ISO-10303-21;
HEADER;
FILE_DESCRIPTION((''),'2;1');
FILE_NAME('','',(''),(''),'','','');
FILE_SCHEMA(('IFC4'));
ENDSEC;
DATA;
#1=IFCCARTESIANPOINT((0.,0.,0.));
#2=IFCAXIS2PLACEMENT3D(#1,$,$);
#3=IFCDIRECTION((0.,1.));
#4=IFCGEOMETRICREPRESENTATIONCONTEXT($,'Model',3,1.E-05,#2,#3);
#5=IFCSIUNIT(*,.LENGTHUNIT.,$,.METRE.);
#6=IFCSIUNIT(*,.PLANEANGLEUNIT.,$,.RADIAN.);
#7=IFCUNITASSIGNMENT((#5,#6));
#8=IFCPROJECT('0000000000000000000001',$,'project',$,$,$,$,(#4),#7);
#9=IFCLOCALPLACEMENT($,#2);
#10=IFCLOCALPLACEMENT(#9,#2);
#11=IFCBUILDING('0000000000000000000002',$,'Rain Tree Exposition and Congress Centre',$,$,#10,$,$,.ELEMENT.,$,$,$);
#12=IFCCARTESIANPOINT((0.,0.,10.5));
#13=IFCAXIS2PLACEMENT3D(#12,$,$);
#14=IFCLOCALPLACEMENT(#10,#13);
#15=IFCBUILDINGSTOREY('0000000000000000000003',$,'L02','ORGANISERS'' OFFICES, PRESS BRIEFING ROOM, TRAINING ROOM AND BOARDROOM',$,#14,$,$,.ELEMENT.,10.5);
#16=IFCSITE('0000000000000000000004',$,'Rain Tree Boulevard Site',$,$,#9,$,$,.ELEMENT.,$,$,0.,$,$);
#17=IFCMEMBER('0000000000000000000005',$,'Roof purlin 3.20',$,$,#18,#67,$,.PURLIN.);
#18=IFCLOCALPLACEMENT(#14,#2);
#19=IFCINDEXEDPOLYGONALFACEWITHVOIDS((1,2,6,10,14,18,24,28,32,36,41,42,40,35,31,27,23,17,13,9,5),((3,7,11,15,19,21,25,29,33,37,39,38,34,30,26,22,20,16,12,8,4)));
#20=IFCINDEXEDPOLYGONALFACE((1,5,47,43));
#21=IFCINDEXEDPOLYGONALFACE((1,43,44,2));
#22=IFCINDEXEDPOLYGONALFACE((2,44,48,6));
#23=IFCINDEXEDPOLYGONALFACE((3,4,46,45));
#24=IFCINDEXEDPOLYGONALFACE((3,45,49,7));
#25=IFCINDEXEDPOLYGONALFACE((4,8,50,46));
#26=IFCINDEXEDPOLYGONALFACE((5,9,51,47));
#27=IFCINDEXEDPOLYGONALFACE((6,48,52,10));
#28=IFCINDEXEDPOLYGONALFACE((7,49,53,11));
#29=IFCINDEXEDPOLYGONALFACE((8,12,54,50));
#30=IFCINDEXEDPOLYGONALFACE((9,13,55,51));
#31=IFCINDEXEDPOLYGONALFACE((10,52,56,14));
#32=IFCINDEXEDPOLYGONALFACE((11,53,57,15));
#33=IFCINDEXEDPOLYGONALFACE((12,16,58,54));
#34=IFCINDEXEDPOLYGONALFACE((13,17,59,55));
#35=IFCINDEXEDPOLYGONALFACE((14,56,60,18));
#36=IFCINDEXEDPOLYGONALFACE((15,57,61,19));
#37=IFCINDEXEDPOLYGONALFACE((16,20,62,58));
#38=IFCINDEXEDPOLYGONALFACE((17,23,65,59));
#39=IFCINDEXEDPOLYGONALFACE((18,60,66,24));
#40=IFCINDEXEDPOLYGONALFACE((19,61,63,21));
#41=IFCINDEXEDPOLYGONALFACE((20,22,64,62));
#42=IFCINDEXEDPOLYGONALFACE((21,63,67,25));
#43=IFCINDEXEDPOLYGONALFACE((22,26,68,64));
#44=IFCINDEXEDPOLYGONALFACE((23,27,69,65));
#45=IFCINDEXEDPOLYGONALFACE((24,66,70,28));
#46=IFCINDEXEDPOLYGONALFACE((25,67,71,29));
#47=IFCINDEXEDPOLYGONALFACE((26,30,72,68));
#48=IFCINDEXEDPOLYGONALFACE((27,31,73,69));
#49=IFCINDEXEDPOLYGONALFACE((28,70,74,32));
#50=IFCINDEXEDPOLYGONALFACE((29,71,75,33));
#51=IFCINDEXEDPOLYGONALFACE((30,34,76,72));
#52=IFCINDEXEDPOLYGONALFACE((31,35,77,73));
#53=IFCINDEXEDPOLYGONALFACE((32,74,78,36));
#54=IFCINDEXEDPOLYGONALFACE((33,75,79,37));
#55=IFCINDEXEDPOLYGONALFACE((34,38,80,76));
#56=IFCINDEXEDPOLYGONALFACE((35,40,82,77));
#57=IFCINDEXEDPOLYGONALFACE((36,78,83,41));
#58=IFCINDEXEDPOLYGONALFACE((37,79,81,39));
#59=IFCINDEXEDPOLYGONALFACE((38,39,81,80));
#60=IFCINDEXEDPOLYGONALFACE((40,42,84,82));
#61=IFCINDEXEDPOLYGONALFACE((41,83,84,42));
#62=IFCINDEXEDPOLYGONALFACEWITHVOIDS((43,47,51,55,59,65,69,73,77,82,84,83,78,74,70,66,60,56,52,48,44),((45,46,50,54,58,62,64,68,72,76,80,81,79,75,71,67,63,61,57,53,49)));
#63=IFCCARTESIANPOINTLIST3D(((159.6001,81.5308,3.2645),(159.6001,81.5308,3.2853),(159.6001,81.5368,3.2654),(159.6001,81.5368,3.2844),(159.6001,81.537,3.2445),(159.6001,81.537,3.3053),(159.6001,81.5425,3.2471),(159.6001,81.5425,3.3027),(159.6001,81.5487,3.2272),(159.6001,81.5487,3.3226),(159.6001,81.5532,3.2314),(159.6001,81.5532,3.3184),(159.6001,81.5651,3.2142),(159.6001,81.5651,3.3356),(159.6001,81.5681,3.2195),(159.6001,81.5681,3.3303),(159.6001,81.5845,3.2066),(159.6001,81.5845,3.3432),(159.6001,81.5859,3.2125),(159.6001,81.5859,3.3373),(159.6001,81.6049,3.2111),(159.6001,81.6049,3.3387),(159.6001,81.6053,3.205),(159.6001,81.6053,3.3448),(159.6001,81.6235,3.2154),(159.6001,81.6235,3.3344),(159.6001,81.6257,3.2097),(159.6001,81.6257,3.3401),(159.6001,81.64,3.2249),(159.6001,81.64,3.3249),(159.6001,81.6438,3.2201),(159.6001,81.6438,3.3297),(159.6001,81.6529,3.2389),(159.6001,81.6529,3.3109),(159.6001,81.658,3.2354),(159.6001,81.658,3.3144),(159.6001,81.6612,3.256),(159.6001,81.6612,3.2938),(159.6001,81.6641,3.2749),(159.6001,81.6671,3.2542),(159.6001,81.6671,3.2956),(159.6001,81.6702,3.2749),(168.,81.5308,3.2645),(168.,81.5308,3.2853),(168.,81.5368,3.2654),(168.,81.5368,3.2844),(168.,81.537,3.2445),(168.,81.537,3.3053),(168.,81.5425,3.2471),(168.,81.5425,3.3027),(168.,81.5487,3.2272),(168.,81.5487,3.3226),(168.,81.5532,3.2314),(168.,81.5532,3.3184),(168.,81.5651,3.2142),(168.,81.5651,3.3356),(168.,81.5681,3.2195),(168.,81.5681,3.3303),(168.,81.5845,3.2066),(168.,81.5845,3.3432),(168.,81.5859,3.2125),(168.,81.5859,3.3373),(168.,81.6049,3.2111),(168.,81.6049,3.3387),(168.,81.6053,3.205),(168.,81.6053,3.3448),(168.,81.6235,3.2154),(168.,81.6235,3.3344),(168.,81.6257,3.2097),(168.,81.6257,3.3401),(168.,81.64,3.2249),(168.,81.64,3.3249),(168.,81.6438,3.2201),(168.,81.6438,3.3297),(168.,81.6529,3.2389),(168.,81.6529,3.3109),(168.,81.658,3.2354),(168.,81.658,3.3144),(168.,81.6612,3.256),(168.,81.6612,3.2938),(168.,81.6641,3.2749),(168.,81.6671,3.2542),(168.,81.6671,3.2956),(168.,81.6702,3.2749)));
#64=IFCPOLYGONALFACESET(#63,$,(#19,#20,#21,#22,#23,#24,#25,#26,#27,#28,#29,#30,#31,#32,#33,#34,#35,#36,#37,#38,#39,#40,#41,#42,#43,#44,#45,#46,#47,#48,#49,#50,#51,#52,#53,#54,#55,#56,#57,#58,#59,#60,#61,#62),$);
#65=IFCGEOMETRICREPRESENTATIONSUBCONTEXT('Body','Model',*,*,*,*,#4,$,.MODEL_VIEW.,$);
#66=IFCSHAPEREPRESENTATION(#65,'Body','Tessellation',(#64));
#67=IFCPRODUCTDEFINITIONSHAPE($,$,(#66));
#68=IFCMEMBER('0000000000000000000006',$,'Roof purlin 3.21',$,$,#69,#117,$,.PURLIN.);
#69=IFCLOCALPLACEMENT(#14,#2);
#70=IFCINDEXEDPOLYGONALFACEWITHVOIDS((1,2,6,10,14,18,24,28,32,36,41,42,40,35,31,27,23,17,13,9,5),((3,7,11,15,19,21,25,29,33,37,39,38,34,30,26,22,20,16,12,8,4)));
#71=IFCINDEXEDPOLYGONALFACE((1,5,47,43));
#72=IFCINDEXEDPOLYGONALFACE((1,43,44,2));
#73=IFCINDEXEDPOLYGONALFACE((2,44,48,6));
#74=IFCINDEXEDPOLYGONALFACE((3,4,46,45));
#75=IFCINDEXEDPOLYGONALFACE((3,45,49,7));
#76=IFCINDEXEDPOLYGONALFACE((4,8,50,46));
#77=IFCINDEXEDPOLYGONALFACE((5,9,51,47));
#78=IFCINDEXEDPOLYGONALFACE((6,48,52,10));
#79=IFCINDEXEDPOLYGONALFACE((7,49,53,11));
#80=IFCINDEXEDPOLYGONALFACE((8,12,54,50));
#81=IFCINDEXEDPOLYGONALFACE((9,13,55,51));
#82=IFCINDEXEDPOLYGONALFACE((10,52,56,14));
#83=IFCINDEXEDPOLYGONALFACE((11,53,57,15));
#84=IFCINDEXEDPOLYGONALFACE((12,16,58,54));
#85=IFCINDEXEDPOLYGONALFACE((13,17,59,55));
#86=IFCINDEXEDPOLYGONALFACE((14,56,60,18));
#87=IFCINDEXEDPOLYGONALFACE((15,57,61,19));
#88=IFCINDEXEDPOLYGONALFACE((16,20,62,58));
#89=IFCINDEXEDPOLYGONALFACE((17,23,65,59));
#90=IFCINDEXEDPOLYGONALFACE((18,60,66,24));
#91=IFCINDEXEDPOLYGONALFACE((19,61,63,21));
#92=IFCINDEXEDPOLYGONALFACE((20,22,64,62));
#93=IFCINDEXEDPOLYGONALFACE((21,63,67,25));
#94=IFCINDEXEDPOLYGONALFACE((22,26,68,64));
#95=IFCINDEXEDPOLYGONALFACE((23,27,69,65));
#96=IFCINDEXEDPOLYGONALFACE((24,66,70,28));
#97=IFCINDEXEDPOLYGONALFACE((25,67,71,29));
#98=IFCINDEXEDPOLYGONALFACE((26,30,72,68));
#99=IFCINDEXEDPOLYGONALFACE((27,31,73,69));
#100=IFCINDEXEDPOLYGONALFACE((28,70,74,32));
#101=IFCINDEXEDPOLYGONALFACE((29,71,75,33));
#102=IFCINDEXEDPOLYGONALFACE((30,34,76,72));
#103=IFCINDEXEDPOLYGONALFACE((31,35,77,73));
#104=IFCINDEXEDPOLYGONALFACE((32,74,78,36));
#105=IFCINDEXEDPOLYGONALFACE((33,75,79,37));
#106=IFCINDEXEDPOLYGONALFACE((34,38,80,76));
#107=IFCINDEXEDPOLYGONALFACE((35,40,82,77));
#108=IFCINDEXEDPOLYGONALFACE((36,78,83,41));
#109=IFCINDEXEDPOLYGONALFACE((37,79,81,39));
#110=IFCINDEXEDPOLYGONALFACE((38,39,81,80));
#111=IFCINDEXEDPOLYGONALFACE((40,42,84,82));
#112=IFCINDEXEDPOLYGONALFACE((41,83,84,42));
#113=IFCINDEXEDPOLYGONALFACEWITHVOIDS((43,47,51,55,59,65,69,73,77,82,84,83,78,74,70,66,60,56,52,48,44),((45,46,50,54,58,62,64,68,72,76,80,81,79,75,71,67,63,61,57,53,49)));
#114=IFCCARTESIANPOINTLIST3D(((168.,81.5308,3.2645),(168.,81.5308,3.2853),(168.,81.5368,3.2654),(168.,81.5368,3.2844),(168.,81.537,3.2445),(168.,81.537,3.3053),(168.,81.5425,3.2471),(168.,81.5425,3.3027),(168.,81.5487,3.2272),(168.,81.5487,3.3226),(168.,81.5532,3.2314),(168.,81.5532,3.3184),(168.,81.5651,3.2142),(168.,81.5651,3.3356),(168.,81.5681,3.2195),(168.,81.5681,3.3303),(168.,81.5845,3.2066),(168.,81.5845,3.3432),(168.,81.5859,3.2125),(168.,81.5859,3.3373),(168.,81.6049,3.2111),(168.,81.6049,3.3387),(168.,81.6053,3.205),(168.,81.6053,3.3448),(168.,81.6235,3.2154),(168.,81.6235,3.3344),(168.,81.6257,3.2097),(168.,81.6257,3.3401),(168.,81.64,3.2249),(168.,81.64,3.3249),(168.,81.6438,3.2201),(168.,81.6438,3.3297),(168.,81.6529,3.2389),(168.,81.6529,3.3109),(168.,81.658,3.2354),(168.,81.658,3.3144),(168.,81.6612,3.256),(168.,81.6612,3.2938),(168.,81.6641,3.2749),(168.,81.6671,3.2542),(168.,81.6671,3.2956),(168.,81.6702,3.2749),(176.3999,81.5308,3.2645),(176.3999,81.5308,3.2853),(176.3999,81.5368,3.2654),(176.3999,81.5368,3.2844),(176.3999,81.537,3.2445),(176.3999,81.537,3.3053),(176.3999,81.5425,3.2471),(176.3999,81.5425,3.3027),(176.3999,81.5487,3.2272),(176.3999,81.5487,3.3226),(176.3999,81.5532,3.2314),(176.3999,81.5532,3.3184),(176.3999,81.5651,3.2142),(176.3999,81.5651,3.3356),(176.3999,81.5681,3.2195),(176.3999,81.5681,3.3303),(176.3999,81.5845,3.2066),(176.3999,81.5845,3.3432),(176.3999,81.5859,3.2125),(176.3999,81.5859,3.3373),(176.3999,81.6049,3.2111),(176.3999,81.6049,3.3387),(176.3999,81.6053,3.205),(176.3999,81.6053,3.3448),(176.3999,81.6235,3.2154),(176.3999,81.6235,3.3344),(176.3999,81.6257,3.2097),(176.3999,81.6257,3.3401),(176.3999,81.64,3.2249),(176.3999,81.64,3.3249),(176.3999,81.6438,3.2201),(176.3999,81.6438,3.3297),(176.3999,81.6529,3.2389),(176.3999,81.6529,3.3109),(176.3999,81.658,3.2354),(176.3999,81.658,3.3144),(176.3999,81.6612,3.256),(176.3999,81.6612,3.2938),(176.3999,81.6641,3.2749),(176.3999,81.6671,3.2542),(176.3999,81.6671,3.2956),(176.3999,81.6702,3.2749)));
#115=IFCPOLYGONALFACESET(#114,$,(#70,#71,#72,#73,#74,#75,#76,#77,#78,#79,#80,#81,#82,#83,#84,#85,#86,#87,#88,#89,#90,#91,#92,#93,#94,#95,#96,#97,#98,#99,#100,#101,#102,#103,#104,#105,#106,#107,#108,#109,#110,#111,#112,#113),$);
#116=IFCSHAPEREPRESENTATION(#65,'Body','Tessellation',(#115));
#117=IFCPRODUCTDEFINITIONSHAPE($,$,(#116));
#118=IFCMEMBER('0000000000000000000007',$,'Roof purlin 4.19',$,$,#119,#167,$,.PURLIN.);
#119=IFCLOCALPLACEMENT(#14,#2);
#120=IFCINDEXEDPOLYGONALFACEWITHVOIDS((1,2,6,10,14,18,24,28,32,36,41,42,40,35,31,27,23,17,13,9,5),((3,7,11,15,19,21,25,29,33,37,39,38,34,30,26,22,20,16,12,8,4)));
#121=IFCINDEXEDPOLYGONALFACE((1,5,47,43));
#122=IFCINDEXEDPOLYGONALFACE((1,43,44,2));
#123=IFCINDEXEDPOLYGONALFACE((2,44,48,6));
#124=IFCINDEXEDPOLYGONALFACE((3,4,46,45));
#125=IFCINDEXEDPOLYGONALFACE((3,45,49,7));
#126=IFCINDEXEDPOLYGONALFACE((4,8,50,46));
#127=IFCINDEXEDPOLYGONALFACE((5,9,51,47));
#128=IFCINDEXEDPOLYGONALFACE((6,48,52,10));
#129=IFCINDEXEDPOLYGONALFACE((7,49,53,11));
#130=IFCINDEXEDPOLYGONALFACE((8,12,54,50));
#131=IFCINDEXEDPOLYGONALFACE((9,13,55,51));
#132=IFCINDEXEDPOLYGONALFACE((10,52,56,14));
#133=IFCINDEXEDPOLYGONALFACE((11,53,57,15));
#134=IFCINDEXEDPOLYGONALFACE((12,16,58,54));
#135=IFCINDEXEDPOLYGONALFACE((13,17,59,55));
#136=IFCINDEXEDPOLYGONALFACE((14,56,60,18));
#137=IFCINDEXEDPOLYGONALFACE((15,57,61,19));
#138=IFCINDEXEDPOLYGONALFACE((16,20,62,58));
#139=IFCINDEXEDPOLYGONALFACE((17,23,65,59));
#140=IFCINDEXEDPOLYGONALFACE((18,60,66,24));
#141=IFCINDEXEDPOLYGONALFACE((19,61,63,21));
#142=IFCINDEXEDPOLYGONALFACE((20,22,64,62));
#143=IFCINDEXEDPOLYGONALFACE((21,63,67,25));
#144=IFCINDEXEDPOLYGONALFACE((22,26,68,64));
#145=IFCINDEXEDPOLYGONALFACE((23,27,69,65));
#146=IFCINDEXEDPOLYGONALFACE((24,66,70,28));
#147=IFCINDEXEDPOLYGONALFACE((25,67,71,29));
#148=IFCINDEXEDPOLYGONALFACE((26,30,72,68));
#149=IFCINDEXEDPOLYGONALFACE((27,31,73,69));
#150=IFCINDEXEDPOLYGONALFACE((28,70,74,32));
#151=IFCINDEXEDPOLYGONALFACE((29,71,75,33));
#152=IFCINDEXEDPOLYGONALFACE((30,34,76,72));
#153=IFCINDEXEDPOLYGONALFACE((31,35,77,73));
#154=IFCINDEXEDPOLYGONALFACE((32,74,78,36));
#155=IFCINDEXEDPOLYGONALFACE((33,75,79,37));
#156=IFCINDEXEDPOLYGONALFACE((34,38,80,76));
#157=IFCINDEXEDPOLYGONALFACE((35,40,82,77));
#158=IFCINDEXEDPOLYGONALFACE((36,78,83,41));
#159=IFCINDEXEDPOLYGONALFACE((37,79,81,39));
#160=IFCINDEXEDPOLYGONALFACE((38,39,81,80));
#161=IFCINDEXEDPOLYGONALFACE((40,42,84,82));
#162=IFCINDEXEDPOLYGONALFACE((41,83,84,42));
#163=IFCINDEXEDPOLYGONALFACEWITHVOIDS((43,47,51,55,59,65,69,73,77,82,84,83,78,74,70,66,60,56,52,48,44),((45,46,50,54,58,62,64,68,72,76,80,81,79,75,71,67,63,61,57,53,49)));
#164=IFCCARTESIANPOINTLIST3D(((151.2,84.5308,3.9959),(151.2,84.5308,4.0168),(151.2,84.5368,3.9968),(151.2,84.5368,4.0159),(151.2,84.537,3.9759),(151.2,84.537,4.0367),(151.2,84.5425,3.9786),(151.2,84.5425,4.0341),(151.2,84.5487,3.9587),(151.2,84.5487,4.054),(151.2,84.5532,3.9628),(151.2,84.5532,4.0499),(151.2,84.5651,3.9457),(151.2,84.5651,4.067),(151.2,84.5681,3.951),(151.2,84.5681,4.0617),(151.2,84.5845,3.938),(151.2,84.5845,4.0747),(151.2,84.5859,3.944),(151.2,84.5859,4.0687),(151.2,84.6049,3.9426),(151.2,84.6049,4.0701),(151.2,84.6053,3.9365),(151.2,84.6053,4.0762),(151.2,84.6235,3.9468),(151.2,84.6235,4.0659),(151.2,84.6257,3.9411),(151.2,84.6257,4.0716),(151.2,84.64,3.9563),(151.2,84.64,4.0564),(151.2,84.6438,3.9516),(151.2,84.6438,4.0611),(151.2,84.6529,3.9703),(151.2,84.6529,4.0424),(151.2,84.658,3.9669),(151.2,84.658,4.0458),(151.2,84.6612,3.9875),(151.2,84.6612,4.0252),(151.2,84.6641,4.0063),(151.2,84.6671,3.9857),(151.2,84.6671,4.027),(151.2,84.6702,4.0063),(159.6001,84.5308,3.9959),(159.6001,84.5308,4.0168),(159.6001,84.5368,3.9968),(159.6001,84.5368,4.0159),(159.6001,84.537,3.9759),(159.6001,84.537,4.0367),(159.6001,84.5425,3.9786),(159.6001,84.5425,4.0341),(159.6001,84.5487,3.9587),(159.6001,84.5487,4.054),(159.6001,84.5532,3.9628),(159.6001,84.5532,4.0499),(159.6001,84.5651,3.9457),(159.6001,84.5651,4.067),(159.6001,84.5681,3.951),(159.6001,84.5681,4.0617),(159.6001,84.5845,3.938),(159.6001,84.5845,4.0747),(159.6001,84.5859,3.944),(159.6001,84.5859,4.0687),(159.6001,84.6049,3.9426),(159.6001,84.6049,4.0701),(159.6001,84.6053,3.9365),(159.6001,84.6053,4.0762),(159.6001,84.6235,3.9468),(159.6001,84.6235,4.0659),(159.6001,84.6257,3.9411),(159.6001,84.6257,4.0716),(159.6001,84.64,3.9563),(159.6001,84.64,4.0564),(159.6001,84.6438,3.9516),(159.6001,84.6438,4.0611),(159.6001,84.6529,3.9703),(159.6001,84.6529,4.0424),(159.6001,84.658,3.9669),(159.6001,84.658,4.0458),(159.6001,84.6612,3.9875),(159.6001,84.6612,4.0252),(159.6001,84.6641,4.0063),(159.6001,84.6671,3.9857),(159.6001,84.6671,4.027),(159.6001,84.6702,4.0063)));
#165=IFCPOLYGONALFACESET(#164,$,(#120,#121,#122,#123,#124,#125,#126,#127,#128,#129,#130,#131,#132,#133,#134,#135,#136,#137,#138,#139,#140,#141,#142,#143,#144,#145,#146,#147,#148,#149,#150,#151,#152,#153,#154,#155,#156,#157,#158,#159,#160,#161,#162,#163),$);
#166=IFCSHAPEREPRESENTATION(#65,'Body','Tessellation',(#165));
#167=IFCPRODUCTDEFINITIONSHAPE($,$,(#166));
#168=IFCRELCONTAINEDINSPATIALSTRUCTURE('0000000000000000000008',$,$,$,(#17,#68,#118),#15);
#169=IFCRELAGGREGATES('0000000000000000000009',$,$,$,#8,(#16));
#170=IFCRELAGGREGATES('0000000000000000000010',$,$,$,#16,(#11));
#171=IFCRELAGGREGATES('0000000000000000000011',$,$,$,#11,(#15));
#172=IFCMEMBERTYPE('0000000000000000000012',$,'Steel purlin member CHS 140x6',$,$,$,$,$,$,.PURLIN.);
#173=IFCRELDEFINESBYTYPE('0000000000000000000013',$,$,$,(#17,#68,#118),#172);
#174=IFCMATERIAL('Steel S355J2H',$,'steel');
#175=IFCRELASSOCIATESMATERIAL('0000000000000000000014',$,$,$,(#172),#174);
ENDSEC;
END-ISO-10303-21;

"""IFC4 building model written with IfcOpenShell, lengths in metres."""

from ifc_helpers import new_model, si_unit, direction, frame, origin, origin_2d, place, context, subcontext, project, spatial, hollow_circle, extrude, material, material_profile, profile_set, type_object, element, save


model = new_model("IFC4")

# Units and contexts
model_context = context("Model", 3, precision=1e-05, world=origin(), true_north=direction((0.0, 1.0)))
body_context = subcontext(model_context, "Body", "Model", "MODEL_VIEW")
ifc_project = project(units=[si_unit("LENGTHUNIT", "METRE"), si_unit("PLANEANGLEUNIT", "RADIAN")], contexts=[model_context])

# Site, building, storey
site_placement = place(None, origin())
site = spatial("IfcSite", under=ifc_project, at=site_placement, Name="Rain Tree Boulevard Site", CompositionType="ELEMENT", RefElevation=0.0)
building_placement = place(site_placement, origin())
building = spatial("IfcBuilding", under=site, at=building_placement, Name="Rain Tree Exposition and Congress Centre", CompositionType="ELEMENT")
storey_placement = place(building_placement, frame((0.0, 0.0, 10.5)))
storey = spatial("IfcBuildingStorey", under=building, at=storey_placement, Name="L02", Description="ORGANISERS' OFFICES, PRESS BRIEFING ROOM, TRAINING ROOM AND BOARDROOM", CompositionType="ELEMENT", Elevation=10.5)

# Members
ifc_material_1 = material(Name="Steel S355J2H", Category="steel")
ifc_material_profile_1 = material_profile(ifc_material_1, hollow_circle(Radius=0.0701, WallThickness=0.0061, at=origin_2d()), Name="CHS 140x6")
ifc_profile_set_1 = profile_set([ifc_material_profile_1], Name="Steel S355J2H")
member_type_1 = type_object("IfcMemberType", Name="Steel purlin member CHS 140x6", PredefinedType="PURLIN", material=ifc_profile_set_1)
for number, where, z_axis, x_axis, name in (
    (1, (159.6001, 81.6001, 3.2749), (1.0, 0.0, 0.0), (0.0, 1.0, 0.0), "Roof purlin 3.20"),
    (2, (168.0, 81.6001, 3.2749), (1.0, 0.0, 0.0), (0.0, 1.0, 0.0), "Roof purlin 3.21"),
):
    element("IfcMember", number, at=place(storey_placement, frame(where, z_axis=z_axis, x_axis=x_axis)), inside=storey, type_object=member_type_1, Name=name, PredefinedType="PURLIN", context=body_context, shape_type="SweptSolid", body=[
        extrude(hollow_circle(Radius=0.0701, WallThickness=0.0061, at=origin_2d()), origin(), (0.0, 0.0, 1.0), 8.3999),
    ])
member_1_placement = place(storey_placement, frame((151.2, 84.6001, 4.0063), z_axis=(1.0, 0.0, 0.0), x_axis=(0.0, 1.0, 0.0)))
element("IfcMember", 3, at=member_1_placement, inside=storey, type_object=member_type_1, Name="Roof purlin 4.19", PredefinedType="PURLIN", context=body_context, shape_type="SweptSolid", body=[
    extrude(hollow_circle(Radius=0.0701, WallThickness=0.0061, at=origin_2d()), origin(), (0.0, 0.0, 1.0), 8.4001),
])

save(model, "model.ifc")
